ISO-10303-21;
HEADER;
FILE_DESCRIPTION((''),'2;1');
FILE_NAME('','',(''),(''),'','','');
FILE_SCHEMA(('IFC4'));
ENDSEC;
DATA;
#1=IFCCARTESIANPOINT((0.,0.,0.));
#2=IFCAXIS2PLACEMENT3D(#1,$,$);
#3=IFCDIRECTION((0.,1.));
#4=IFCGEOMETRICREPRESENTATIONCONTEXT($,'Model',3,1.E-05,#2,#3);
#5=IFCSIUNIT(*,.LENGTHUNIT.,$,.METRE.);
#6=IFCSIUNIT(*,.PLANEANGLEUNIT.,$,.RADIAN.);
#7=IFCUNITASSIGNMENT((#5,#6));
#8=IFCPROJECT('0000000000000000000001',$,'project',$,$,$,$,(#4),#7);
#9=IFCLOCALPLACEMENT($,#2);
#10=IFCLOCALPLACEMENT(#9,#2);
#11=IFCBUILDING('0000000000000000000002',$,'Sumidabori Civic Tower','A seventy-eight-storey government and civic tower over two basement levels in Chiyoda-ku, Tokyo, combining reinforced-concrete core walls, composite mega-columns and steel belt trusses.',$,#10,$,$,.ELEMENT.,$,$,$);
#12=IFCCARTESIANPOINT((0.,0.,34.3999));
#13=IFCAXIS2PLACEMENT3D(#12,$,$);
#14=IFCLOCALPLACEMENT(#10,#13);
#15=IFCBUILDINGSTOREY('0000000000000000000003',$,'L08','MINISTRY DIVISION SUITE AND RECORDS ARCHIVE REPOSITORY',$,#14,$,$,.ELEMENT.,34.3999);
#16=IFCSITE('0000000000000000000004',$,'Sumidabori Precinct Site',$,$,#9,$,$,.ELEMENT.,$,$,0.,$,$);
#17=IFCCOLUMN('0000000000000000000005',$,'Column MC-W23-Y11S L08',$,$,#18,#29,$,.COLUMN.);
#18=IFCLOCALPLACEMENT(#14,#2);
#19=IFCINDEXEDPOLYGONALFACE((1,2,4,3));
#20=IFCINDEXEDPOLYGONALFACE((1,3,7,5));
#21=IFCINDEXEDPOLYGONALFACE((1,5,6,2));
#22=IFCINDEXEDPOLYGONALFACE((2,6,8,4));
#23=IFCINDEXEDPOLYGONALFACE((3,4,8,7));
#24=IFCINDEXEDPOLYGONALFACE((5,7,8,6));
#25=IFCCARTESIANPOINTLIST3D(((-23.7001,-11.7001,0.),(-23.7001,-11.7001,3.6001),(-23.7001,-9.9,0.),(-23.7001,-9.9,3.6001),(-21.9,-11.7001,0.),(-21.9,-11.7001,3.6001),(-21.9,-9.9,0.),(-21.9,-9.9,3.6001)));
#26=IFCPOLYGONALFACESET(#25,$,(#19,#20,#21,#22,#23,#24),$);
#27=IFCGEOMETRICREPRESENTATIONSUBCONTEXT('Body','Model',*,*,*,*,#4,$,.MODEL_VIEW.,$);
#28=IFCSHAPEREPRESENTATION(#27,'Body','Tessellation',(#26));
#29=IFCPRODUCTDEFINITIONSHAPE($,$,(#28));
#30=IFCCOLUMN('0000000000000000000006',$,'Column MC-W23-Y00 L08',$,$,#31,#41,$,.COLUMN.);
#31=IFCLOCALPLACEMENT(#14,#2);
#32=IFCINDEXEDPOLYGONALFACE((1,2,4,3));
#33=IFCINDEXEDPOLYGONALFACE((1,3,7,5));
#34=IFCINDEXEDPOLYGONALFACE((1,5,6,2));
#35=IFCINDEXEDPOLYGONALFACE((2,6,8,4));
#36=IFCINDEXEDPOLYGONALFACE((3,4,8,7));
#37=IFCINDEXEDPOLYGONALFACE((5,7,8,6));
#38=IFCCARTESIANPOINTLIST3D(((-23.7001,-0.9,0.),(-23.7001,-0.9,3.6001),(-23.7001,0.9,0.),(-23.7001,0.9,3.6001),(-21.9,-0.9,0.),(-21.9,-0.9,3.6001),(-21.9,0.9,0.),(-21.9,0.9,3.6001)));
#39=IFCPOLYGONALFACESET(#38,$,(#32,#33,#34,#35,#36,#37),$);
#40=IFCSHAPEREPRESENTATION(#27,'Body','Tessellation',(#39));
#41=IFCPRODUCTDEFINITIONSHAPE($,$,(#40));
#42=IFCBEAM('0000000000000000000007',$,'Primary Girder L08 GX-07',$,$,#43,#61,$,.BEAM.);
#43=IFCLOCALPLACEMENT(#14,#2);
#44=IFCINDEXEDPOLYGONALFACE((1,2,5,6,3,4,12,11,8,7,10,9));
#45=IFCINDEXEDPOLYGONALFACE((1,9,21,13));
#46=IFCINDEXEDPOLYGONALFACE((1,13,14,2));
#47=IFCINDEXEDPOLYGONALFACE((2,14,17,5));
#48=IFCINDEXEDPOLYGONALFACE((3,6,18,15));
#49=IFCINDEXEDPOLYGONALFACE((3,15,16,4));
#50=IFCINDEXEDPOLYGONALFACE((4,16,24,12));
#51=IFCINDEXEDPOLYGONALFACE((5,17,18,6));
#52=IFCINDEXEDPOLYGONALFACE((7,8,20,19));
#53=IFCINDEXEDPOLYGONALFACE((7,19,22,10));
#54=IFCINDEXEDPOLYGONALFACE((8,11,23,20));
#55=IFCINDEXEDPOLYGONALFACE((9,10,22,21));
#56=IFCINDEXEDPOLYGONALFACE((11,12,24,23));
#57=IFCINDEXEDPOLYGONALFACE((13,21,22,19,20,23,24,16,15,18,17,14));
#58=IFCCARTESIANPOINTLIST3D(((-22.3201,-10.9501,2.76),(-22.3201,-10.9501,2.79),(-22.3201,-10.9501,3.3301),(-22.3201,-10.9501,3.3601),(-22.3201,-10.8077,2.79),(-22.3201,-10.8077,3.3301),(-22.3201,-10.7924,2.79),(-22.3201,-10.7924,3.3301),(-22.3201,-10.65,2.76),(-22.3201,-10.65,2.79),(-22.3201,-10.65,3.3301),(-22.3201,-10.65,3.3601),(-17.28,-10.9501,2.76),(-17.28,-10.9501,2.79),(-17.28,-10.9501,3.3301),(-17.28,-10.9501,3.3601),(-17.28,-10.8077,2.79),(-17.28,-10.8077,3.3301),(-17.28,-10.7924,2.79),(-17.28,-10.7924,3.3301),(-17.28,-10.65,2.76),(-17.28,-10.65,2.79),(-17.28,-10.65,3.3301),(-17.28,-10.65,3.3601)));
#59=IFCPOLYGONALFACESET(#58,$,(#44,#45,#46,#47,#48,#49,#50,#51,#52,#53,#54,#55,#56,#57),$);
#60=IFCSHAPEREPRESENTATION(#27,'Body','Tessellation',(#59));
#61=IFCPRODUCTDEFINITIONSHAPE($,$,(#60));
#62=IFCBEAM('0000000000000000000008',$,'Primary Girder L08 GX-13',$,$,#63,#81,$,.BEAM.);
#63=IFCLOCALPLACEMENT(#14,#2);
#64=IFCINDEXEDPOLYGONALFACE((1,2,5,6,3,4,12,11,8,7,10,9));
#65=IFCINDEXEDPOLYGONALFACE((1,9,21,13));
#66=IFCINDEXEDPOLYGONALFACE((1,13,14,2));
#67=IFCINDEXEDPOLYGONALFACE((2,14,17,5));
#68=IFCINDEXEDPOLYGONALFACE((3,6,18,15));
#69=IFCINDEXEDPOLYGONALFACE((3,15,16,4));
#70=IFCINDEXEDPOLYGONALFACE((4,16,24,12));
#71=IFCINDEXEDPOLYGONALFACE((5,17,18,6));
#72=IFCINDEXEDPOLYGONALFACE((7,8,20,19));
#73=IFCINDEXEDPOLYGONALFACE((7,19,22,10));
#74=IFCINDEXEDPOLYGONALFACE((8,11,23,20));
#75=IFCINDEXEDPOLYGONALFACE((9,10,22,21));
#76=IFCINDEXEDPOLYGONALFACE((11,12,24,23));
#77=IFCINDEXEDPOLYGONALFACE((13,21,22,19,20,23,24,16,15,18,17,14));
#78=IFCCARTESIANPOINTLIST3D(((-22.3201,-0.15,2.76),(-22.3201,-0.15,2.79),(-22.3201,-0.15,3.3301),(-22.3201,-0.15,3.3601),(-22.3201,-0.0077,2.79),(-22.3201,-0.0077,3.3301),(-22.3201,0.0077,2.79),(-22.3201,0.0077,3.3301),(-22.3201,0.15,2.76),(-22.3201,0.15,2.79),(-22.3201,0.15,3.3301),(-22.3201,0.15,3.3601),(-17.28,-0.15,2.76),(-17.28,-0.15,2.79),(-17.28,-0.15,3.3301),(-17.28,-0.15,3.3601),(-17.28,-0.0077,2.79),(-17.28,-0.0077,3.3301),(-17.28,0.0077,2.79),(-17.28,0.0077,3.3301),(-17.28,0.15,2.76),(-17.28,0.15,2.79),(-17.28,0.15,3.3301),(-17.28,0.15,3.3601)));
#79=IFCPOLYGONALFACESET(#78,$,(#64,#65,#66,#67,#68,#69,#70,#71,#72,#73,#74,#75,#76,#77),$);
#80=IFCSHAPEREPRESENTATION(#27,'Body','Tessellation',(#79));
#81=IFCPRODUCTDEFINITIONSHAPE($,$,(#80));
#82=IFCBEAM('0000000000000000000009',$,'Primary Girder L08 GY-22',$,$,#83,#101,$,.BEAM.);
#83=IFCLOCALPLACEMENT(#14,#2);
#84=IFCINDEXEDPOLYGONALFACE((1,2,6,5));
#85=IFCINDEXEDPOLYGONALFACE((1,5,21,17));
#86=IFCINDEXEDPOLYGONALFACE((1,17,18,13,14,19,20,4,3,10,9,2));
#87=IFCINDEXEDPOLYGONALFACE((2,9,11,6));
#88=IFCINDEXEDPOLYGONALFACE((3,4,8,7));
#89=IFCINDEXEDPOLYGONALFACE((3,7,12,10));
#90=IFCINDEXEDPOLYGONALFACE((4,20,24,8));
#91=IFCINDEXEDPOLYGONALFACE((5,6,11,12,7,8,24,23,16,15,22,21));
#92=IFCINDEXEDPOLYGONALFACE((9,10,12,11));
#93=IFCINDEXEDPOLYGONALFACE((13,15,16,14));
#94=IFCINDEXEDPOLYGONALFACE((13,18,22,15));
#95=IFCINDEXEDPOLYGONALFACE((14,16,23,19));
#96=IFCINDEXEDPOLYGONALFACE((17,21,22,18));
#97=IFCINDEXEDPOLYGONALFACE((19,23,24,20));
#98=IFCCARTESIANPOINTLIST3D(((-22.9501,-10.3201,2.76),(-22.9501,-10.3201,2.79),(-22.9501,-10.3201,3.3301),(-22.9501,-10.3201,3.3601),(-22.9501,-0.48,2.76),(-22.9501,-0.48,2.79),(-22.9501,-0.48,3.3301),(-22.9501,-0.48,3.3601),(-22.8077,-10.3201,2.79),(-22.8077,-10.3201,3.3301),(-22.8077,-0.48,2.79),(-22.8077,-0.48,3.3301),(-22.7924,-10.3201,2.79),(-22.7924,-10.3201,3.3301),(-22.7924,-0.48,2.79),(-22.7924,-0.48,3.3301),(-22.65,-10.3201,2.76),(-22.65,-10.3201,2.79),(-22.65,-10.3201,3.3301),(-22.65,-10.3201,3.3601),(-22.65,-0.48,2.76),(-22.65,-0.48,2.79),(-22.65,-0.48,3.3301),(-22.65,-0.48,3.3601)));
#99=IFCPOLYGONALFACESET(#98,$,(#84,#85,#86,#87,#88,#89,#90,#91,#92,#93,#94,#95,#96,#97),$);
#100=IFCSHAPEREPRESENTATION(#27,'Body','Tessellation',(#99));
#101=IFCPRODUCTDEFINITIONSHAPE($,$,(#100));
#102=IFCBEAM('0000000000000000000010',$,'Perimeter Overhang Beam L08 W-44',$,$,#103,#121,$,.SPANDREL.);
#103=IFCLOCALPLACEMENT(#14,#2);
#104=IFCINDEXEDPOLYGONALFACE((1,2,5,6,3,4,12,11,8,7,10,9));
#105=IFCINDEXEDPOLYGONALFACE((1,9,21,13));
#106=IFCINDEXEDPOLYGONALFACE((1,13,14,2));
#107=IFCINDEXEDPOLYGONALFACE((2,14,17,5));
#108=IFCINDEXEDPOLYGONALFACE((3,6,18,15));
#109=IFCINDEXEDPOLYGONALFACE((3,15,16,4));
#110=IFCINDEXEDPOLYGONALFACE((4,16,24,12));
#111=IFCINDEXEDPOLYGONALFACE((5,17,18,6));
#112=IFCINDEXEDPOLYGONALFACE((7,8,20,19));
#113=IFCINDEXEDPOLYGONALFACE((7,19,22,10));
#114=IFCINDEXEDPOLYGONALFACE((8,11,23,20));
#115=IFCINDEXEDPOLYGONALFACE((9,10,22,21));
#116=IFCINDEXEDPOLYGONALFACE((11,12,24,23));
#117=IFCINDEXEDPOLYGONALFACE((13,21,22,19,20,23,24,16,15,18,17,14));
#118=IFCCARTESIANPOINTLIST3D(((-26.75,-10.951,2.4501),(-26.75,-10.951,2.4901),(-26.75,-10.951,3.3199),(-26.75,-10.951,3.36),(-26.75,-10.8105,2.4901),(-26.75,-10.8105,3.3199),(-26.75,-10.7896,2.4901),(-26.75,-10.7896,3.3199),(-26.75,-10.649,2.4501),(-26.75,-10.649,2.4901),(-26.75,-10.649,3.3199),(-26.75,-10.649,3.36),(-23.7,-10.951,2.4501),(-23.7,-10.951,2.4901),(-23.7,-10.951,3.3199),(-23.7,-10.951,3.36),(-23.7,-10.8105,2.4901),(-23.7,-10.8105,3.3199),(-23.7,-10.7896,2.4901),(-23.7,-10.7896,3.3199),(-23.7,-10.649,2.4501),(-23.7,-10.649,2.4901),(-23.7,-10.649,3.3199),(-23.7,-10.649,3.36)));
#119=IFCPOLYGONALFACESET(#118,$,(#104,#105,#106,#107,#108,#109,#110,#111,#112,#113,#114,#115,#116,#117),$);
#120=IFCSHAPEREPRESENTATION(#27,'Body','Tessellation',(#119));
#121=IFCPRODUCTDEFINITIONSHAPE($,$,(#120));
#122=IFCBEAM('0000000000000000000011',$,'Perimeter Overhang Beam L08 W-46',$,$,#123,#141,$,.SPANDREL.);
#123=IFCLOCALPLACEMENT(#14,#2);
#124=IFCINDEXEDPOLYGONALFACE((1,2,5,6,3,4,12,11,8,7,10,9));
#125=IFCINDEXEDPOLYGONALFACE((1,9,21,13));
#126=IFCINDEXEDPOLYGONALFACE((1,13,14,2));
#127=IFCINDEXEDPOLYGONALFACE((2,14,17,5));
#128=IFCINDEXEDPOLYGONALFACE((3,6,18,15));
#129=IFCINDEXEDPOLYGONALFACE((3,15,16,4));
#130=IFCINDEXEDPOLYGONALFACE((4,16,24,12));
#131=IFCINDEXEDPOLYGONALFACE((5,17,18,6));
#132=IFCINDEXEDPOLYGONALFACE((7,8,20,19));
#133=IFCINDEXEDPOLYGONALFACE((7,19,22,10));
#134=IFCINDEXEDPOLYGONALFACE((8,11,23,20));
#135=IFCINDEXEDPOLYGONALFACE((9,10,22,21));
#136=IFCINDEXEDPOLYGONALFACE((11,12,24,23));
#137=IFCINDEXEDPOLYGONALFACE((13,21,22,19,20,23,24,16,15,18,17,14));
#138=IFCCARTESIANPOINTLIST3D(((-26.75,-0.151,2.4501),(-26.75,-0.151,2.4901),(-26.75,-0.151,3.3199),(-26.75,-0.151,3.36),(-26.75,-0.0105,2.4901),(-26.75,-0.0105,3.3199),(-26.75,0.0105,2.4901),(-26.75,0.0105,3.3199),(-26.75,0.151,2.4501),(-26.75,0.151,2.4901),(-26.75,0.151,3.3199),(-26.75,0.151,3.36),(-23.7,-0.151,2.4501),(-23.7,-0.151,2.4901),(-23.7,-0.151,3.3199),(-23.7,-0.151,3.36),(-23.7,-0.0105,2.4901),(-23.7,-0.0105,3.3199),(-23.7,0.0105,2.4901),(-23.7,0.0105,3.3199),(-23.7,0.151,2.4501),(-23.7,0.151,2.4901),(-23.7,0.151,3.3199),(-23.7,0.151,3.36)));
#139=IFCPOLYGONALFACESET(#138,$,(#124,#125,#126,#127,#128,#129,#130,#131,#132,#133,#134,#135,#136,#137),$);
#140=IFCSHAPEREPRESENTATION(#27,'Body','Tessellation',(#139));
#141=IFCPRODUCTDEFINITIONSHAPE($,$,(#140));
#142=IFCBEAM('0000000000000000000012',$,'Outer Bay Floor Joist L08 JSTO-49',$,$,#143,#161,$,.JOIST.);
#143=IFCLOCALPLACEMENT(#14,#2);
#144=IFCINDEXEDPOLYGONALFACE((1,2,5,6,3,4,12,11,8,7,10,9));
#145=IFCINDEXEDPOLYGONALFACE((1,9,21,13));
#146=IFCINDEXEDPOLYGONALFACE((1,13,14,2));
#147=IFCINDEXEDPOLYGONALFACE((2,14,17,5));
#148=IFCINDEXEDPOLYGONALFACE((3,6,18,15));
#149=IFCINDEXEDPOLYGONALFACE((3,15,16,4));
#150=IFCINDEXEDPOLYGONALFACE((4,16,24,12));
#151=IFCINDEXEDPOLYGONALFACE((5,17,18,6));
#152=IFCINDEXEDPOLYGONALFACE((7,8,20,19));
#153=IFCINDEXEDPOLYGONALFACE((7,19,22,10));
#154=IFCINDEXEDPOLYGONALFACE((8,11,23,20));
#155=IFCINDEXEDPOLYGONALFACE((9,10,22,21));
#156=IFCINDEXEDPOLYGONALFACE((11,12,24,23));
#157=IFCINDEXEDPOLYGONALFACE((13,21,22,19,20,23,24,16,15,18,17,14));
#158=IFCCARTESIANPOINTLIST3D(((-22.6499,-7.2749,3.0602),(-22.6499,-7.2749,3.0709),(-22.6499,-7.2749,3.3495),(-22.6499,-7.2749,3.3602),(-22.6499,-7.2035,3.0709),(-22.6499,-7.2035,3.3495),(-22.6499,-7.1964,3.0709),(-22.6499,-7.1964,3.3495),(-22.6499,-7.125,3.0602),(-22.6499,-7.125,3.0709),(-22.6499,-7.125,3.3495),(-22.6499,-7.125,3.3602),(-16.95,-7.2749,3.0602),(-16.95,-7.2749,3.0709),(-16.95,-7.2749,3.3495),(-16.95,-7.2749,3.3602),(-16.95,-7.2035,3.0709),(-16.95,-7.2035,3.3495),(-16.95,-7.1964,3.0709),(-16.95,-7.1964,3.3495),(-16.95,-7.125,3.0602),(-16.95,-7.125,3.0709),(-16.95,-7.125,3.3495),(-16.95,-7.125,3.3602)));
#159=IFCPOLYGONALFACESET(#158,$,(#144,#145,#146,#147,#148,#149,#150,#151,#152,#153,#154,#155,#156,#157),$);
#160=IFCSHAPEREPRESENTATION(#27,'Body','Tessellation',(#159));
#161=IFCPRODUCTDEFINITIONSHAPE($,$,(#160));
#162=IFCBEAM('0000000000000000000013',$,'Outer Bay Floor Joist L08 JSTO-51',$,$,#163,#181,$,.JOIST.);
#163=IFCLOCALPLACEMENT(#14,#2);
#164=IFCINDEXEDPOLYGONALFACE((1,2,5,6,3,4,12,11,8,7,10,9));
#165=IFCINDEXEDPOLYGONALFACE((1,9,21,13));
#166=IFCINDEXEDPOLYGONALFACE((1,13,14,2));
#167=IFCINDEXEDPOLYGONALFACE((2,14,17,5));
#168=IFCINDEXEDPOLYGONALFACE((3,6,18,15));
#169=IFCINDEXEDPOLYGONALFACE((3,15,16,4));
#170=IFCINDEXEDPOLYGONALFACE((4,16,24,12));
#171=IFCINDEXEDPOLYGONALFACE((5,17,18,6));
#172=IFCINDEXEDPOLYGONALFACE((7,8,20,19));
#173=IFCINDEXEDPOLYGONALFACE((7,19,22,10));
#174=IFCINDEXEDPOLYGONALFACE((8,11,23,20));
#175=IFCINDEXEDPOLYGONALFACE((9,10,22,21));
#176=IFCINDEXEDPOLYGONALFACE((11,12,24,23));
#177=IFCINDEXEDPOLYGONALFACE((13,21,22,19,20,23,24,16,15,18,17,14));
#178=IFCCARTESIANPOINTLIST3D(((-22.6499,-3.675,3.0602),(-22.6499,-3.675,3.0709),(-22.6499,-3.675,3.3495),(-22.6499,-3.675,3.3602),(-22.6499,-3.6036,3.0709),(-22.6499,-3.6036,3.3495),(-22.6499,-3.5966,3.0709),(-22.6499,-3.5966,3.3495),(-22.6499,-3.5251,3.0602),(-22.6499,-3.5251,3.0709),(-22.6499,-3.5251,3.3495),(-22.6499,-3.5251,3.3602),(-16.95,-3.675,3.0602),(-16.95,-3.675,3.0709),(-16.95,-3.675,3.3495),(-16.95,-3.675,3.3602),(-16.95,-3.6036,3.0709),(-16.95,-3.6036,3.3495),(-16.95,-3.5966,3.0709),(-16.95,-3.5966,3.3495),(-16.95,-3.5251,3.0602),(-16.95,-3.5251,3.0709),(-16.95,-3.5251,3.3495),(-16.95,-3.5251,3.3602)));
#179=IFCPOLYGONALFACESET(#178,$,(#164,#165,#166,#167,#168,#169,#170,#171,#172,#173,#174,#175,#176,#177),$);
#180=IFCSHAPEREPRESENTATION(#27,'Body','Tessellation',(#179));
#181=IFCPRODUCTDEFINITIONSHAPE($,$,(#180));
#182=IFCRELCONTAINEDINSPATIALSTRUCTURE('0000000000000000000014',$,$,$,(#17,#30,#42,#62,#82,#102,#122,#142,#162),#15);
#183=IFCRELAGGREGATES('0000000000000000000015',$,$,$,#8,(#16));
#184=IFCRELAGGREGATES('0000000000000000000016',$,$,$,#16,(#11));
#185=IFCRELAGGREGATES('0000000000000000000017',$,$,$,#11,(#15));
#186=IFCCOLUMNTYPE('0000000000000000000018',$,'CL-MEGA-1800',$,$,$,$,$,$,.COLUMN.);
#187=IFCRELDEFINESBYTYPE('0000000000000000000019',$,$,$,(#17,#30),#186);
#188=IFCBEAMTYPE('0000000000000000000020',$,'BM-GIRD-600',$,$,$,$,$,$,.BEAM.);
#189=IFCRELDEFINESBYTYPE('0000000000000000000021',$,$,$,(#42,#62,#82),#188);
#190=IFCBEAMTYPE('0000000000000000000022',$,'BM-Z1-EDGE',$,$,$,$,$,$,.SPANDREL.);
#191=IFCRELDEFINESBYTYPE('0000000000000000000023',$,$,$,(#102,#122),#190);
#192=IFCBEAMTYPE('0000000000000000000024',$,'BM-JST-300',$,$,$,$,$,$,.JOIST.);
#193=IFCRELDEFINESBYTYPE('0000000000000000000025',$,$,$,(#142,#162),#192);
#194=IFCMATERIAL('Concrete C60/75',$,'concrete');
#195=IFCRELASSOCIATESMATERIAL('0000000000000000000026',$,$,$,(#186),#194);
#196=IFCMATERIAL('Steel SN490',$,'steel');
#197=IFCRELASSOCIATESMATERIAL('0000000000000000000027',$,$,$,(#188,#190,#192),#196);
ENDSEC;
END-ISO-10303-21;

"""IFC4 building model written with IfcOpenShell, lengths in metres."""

from ifc_helpers import new_model, si_unit, direction, frame, origin, origin_2d, place, context, subcontext, project, spatial, rectangle, i_section, extrude, source, transform, mapped, material, material_profile, profile_set, type_object, element, save


model = new_model("IFC4")

# Units and contexts
model_context = context("Model", 3, precision=1e-05, world=origin(), true_north=direction((0.0, 1.0)))
body_context = subcontext(model_context, "Body", "Model", "MODEL_VIEW")
ifc_project = project(units=[si_unit("LENGTHUNIT", "METRE"), si_unit("PLANEANGLEUNIT", "RADIAN")], contexts=[model_context])

# Site, building, storey
site_placement = place(None, origin())
site = spatial("IfcSite", under=ifc_project, at=site_placement, Name="Sumidabori Precinct Site", CompositionType="ELEMENT", RefElevation=0.0)
building_placement = place(site_placement, origin())
building = spatial("IfcBuilding", under=site, at=building_placement, Name="Sumidabori Civic Tower", Description="A seventy-eight-storey government and civic tower over two basement levels in Chiyoda-ku, Tokyo, combining reinforced-concrete core walls, composite mega-columns and steel belt trusses.", CompositionType="ELEMENT")
storey_placement = place(building_placement, frame((0.0, 0.0, 34.3999)))
storey = spatial("IfcBuildingStorey", under=building, at=storey_placement, Name="L08", Description="MINISTRY DIVISION SUITE AND RECORDS ARCHIVE REPOSITORY", CompositionType="ELEMENT", Elevation=34.3999)

# Columns
ifc_material_1 = material(Name="Concrete C60/75", Category="concrete")
ifc_material_profile_1 = material_profile(ifc_material_1, rectangle(XDim=1.8, YDim=1.8, at=origin_2d()), Name="RC 1800x1800")
ifc_profile_set_1 = profile_set([ifc_material_profile_1], Name="Concrete C60/75")
column_type = type_object("IfcColumnType", Name="CL-MEGA-1800", PredefinedType="COLUMN", material=ifc_profile_set_1)
shared_shape_1 = source(origin(), body_context, "Body", "SweptSolid", [
    extrude(rectangle(XDim=1.8, YDim=1.8, at=origin_2d()), origin(), (0.0, 0.0, 1.0), 3.6001),
])
for number, where, z_axis, x_axis, name in (
    (1, (-22.8, -10.8, 0.0), (0.0, 0.0, 1.0), (1.0, 0.0, 0.0), "Column MC-W23-Y11S L08"),
    (2, (-22.8, 0.0, 0.0), (0.0, 0.0, 1.0), (1.0, 0.0, 0.0), "Column MC-W23-Y00 L08"),
):
    element("IfcColumn", number, at=place(storey_placement, frame(where, z_axis=z_axis, x_axis=x_axis)), inside=storey, type_object=column_type, Name=name, PredefinedType="COLUMN", context=body_context, shape_type="MappedRepresentation", body=[
        mapped(shared_shape_1, transform((0.0, 0.0, 0.0), x_axis=(1.0, 0.0, 0.0), y_axis=(0.0, 1.0, 0.0), z_axis=(0.0, 0.0, 1.0), scale=1.0)),
    ])

# Beams
ifc_material_2 = material(Name="Steel SN490", Category="steel")
ifc_material_profile_2 = material_profile(ifc_material_2, i_section(OverallWidth=0.3, OverallDepth=0.6001, WebThickness=0.0154, FlangeThickness=0.03, at=origin_2d()), Name="HE 600 B")
ifc_profile_set_2 = profile_set([ifc_material_profile_2], Name="Steel SN490")
beam_type_1 = type_object("IfcBeamType", Name="BM-GIRD-600", PredefinedType="BEAM", material=ifc_profile_set_2)
shared_shape_2 = source(origin(), body_context, "Body", "SweptSolid", [
    extrude(i_section(OverallWidth=0.3, OverallDepth=0.6001, WebThickness=0.0154, FlangeThickness=0.03, at=origin_2d()), origin(), (0.0, 0.0, 1.0), 5.04),
])
for number, where, z_axis, x_axis, name in (
    (3, (-22.3201, -10.8, 3.0601), (1.0, 0.0, 0.0), (0.0, 1.0, 0.0), "Primary Girder L08 GX-07"),
    (4, (-22.3201, 0.0, 3.0601), (1.0, 0.0, 0.0), (0.0, 1.0, 0.0), "Primary Girder L08 GX-13"),
):
    element("IfcBeam", number, at=place(storey_placement, frame(where, z_axis=z_axis, x_axis=x_axis)), inside=storey, type_object=beam_type_1, Name=name, PredefinedType="BEAM", context=body_context, shape_type="MappedRepresentation", body=[
        mapped(shared_shape_2, transform((0.0, 0.0, 0.0), x_axis=(1.0, 0.0, 0.0), y_axis=(0.0, 1.0, 0.0), z_axis=(0.0, 0.0, 1.0), scale=1.0)),
    ])
shared_shape_3 = source(origin(), body_context, "Body", "SweptSolid", [
    extrude(i_section(OverallWidth=0.3, OverallDepth=0.6001, WebThickness=0.0154, FlangeThickness=0.03, at=origin_2d()), origin(), (0.0, 0.0, 1.0), 9.8401),
])
beam_placement = place(storey_placement, frame((-22.8, -10.3201, 3.0601), z_axis=(0.0, 1.0, 0.0), x_axis=(-1.0, 0.0, 0.0)))
element("IfcBeam", 5, at=beam_placement, inside=storey, type_object=beam_type_1, Name="Primary Girder L08 GY-22", PredefinedType="BEAM", context=body_context, shape_type="MappedRepresentation", body=[
    mapped(shared_shape_3, transform((0.0, 0.0, 0.0), x_axis=(1.0, 0.0, 0.0), y_axis=(0.0, 1.0, 0.0), z_axis=(0.0, 0.0, 1.0), scale=1.0)),
])
ifc_material_profile_3 = material_profile(ifc_material_2, i_section(OverallWidth=0.302, OverallDepth=0.9099, WebThickness=0.021, FlangeThickness=0.04, at=origin_2d()), Name="HE 900 M")
ifc_profile_set_3 = profile_set([ifc_material_profile_3], Name="Steel SN490")
beam_type_2 = type_object("IfcBeamType", Name="BM-Z1-EDGE", PredefinedType="SPANDREL", material=ifc_profile_set_3)
shared_shape_4 = source(origin(), body_context, "Body", "SweptSolid", [
    extrude(i_section(OverallWidth=0.302, OverallDepth=0.9099, WebThickness=0.021, FlangeThickness=0.04, at=origin_2d()), origin(), (0.0, 0.0, 1.0), 3.05),
])
for number, where, z_axis, x_axis, name in (
    (6, (-26.75, -10.8, 2.905), (1.0, 0.0, 0.0), (0.0, 1.0, 0.0), "Perimeter Overhang Beam L08 W-44"),
    (7, (-26.75, 0.0, 2.905), (1.0, 0.0, 0.0), (0.0, 1.0, 0.0), "Perimeter Overhang Beam L08 W-46"),
):
    element("IfcBeam", number, at=place(storey_placement, frame(where, z_axis=z_axis, x_axis=x_axis)), inside=storey, type_object=beam_type_2, Name=name, PredefinedType="SPANDREL", context=body_context, shape_type="MappedRepresentation", body=[
        mapped(shared_shape_4, transform((0.0, 0.0, 0.0), x_axis=(1.0, 0.0, 0.0), y_axis=(0.0, 1.0, 0.0), z_axis=(0.0, 0.0, 1.0), scale=1.0)),
    ])
ifc_material_profile_4 = material_profile(ifc_material_2, i_section(OverallWidth=0.1499, OverallDepth=0.3, WebThickness=0.0071, FlangeThickness=0.0107, at=origin_2d()), Name="IPE 300")
ifc_profile_set_4 = profile_set([ifc_material_profile_4], Name="Steel SN490")
beam_type_3 = type_object("IfcBeamType", Name="BM-JST-300", PredefinedType="JOIST", material=ifc_profile_set_4)
shared_shape_5 = source(origin(), body_context, "Body", "SweptSolid", [
    extrude(i_section(OverallWidth=0.1499, OverallDepth=0.3, WebThickness=0.0071, FlangeThickness=0.0107, at=origin_2d()), origin(), (0.0, 0.0, 1.0), 5.7),
])
for number, where, z_axis, x_axis, name in (
    (8, (-22.6499, -7.2, 3.2102), (1.0, 0.0, 0.0), (0.0, 1.0, 0.0), "Outer Bay Floor Joist L08 JSTO-49"),
    (9, (-22.6499, -3.6001, 3.2102), (1.0, 0.0, 0.0), (0.0, 1.0, 0.0), "Outer Bay Floor Joist L08 JSTO-51"),
):
    element("IfcBeam", number, at=place(storey_placement, frame(where, z_axis=z_axis, x_axis=x_axis)), inside=storey, type_object=beam_type_3, Name=name, PredefinedType="JOIST", context=body_context, shape_type="MappedRepresentation", body=[
        mapped(shared_shape_5, transform((0.0, 0.0, 0.0), x_axis=(1.0, 0.0, 0.0), y_axis=(0.0, 1.0, 0.0), z_axis=(0.0, 0.0, 1.0), scale=1.0)),
    ])

save(model, "model.ifc")
